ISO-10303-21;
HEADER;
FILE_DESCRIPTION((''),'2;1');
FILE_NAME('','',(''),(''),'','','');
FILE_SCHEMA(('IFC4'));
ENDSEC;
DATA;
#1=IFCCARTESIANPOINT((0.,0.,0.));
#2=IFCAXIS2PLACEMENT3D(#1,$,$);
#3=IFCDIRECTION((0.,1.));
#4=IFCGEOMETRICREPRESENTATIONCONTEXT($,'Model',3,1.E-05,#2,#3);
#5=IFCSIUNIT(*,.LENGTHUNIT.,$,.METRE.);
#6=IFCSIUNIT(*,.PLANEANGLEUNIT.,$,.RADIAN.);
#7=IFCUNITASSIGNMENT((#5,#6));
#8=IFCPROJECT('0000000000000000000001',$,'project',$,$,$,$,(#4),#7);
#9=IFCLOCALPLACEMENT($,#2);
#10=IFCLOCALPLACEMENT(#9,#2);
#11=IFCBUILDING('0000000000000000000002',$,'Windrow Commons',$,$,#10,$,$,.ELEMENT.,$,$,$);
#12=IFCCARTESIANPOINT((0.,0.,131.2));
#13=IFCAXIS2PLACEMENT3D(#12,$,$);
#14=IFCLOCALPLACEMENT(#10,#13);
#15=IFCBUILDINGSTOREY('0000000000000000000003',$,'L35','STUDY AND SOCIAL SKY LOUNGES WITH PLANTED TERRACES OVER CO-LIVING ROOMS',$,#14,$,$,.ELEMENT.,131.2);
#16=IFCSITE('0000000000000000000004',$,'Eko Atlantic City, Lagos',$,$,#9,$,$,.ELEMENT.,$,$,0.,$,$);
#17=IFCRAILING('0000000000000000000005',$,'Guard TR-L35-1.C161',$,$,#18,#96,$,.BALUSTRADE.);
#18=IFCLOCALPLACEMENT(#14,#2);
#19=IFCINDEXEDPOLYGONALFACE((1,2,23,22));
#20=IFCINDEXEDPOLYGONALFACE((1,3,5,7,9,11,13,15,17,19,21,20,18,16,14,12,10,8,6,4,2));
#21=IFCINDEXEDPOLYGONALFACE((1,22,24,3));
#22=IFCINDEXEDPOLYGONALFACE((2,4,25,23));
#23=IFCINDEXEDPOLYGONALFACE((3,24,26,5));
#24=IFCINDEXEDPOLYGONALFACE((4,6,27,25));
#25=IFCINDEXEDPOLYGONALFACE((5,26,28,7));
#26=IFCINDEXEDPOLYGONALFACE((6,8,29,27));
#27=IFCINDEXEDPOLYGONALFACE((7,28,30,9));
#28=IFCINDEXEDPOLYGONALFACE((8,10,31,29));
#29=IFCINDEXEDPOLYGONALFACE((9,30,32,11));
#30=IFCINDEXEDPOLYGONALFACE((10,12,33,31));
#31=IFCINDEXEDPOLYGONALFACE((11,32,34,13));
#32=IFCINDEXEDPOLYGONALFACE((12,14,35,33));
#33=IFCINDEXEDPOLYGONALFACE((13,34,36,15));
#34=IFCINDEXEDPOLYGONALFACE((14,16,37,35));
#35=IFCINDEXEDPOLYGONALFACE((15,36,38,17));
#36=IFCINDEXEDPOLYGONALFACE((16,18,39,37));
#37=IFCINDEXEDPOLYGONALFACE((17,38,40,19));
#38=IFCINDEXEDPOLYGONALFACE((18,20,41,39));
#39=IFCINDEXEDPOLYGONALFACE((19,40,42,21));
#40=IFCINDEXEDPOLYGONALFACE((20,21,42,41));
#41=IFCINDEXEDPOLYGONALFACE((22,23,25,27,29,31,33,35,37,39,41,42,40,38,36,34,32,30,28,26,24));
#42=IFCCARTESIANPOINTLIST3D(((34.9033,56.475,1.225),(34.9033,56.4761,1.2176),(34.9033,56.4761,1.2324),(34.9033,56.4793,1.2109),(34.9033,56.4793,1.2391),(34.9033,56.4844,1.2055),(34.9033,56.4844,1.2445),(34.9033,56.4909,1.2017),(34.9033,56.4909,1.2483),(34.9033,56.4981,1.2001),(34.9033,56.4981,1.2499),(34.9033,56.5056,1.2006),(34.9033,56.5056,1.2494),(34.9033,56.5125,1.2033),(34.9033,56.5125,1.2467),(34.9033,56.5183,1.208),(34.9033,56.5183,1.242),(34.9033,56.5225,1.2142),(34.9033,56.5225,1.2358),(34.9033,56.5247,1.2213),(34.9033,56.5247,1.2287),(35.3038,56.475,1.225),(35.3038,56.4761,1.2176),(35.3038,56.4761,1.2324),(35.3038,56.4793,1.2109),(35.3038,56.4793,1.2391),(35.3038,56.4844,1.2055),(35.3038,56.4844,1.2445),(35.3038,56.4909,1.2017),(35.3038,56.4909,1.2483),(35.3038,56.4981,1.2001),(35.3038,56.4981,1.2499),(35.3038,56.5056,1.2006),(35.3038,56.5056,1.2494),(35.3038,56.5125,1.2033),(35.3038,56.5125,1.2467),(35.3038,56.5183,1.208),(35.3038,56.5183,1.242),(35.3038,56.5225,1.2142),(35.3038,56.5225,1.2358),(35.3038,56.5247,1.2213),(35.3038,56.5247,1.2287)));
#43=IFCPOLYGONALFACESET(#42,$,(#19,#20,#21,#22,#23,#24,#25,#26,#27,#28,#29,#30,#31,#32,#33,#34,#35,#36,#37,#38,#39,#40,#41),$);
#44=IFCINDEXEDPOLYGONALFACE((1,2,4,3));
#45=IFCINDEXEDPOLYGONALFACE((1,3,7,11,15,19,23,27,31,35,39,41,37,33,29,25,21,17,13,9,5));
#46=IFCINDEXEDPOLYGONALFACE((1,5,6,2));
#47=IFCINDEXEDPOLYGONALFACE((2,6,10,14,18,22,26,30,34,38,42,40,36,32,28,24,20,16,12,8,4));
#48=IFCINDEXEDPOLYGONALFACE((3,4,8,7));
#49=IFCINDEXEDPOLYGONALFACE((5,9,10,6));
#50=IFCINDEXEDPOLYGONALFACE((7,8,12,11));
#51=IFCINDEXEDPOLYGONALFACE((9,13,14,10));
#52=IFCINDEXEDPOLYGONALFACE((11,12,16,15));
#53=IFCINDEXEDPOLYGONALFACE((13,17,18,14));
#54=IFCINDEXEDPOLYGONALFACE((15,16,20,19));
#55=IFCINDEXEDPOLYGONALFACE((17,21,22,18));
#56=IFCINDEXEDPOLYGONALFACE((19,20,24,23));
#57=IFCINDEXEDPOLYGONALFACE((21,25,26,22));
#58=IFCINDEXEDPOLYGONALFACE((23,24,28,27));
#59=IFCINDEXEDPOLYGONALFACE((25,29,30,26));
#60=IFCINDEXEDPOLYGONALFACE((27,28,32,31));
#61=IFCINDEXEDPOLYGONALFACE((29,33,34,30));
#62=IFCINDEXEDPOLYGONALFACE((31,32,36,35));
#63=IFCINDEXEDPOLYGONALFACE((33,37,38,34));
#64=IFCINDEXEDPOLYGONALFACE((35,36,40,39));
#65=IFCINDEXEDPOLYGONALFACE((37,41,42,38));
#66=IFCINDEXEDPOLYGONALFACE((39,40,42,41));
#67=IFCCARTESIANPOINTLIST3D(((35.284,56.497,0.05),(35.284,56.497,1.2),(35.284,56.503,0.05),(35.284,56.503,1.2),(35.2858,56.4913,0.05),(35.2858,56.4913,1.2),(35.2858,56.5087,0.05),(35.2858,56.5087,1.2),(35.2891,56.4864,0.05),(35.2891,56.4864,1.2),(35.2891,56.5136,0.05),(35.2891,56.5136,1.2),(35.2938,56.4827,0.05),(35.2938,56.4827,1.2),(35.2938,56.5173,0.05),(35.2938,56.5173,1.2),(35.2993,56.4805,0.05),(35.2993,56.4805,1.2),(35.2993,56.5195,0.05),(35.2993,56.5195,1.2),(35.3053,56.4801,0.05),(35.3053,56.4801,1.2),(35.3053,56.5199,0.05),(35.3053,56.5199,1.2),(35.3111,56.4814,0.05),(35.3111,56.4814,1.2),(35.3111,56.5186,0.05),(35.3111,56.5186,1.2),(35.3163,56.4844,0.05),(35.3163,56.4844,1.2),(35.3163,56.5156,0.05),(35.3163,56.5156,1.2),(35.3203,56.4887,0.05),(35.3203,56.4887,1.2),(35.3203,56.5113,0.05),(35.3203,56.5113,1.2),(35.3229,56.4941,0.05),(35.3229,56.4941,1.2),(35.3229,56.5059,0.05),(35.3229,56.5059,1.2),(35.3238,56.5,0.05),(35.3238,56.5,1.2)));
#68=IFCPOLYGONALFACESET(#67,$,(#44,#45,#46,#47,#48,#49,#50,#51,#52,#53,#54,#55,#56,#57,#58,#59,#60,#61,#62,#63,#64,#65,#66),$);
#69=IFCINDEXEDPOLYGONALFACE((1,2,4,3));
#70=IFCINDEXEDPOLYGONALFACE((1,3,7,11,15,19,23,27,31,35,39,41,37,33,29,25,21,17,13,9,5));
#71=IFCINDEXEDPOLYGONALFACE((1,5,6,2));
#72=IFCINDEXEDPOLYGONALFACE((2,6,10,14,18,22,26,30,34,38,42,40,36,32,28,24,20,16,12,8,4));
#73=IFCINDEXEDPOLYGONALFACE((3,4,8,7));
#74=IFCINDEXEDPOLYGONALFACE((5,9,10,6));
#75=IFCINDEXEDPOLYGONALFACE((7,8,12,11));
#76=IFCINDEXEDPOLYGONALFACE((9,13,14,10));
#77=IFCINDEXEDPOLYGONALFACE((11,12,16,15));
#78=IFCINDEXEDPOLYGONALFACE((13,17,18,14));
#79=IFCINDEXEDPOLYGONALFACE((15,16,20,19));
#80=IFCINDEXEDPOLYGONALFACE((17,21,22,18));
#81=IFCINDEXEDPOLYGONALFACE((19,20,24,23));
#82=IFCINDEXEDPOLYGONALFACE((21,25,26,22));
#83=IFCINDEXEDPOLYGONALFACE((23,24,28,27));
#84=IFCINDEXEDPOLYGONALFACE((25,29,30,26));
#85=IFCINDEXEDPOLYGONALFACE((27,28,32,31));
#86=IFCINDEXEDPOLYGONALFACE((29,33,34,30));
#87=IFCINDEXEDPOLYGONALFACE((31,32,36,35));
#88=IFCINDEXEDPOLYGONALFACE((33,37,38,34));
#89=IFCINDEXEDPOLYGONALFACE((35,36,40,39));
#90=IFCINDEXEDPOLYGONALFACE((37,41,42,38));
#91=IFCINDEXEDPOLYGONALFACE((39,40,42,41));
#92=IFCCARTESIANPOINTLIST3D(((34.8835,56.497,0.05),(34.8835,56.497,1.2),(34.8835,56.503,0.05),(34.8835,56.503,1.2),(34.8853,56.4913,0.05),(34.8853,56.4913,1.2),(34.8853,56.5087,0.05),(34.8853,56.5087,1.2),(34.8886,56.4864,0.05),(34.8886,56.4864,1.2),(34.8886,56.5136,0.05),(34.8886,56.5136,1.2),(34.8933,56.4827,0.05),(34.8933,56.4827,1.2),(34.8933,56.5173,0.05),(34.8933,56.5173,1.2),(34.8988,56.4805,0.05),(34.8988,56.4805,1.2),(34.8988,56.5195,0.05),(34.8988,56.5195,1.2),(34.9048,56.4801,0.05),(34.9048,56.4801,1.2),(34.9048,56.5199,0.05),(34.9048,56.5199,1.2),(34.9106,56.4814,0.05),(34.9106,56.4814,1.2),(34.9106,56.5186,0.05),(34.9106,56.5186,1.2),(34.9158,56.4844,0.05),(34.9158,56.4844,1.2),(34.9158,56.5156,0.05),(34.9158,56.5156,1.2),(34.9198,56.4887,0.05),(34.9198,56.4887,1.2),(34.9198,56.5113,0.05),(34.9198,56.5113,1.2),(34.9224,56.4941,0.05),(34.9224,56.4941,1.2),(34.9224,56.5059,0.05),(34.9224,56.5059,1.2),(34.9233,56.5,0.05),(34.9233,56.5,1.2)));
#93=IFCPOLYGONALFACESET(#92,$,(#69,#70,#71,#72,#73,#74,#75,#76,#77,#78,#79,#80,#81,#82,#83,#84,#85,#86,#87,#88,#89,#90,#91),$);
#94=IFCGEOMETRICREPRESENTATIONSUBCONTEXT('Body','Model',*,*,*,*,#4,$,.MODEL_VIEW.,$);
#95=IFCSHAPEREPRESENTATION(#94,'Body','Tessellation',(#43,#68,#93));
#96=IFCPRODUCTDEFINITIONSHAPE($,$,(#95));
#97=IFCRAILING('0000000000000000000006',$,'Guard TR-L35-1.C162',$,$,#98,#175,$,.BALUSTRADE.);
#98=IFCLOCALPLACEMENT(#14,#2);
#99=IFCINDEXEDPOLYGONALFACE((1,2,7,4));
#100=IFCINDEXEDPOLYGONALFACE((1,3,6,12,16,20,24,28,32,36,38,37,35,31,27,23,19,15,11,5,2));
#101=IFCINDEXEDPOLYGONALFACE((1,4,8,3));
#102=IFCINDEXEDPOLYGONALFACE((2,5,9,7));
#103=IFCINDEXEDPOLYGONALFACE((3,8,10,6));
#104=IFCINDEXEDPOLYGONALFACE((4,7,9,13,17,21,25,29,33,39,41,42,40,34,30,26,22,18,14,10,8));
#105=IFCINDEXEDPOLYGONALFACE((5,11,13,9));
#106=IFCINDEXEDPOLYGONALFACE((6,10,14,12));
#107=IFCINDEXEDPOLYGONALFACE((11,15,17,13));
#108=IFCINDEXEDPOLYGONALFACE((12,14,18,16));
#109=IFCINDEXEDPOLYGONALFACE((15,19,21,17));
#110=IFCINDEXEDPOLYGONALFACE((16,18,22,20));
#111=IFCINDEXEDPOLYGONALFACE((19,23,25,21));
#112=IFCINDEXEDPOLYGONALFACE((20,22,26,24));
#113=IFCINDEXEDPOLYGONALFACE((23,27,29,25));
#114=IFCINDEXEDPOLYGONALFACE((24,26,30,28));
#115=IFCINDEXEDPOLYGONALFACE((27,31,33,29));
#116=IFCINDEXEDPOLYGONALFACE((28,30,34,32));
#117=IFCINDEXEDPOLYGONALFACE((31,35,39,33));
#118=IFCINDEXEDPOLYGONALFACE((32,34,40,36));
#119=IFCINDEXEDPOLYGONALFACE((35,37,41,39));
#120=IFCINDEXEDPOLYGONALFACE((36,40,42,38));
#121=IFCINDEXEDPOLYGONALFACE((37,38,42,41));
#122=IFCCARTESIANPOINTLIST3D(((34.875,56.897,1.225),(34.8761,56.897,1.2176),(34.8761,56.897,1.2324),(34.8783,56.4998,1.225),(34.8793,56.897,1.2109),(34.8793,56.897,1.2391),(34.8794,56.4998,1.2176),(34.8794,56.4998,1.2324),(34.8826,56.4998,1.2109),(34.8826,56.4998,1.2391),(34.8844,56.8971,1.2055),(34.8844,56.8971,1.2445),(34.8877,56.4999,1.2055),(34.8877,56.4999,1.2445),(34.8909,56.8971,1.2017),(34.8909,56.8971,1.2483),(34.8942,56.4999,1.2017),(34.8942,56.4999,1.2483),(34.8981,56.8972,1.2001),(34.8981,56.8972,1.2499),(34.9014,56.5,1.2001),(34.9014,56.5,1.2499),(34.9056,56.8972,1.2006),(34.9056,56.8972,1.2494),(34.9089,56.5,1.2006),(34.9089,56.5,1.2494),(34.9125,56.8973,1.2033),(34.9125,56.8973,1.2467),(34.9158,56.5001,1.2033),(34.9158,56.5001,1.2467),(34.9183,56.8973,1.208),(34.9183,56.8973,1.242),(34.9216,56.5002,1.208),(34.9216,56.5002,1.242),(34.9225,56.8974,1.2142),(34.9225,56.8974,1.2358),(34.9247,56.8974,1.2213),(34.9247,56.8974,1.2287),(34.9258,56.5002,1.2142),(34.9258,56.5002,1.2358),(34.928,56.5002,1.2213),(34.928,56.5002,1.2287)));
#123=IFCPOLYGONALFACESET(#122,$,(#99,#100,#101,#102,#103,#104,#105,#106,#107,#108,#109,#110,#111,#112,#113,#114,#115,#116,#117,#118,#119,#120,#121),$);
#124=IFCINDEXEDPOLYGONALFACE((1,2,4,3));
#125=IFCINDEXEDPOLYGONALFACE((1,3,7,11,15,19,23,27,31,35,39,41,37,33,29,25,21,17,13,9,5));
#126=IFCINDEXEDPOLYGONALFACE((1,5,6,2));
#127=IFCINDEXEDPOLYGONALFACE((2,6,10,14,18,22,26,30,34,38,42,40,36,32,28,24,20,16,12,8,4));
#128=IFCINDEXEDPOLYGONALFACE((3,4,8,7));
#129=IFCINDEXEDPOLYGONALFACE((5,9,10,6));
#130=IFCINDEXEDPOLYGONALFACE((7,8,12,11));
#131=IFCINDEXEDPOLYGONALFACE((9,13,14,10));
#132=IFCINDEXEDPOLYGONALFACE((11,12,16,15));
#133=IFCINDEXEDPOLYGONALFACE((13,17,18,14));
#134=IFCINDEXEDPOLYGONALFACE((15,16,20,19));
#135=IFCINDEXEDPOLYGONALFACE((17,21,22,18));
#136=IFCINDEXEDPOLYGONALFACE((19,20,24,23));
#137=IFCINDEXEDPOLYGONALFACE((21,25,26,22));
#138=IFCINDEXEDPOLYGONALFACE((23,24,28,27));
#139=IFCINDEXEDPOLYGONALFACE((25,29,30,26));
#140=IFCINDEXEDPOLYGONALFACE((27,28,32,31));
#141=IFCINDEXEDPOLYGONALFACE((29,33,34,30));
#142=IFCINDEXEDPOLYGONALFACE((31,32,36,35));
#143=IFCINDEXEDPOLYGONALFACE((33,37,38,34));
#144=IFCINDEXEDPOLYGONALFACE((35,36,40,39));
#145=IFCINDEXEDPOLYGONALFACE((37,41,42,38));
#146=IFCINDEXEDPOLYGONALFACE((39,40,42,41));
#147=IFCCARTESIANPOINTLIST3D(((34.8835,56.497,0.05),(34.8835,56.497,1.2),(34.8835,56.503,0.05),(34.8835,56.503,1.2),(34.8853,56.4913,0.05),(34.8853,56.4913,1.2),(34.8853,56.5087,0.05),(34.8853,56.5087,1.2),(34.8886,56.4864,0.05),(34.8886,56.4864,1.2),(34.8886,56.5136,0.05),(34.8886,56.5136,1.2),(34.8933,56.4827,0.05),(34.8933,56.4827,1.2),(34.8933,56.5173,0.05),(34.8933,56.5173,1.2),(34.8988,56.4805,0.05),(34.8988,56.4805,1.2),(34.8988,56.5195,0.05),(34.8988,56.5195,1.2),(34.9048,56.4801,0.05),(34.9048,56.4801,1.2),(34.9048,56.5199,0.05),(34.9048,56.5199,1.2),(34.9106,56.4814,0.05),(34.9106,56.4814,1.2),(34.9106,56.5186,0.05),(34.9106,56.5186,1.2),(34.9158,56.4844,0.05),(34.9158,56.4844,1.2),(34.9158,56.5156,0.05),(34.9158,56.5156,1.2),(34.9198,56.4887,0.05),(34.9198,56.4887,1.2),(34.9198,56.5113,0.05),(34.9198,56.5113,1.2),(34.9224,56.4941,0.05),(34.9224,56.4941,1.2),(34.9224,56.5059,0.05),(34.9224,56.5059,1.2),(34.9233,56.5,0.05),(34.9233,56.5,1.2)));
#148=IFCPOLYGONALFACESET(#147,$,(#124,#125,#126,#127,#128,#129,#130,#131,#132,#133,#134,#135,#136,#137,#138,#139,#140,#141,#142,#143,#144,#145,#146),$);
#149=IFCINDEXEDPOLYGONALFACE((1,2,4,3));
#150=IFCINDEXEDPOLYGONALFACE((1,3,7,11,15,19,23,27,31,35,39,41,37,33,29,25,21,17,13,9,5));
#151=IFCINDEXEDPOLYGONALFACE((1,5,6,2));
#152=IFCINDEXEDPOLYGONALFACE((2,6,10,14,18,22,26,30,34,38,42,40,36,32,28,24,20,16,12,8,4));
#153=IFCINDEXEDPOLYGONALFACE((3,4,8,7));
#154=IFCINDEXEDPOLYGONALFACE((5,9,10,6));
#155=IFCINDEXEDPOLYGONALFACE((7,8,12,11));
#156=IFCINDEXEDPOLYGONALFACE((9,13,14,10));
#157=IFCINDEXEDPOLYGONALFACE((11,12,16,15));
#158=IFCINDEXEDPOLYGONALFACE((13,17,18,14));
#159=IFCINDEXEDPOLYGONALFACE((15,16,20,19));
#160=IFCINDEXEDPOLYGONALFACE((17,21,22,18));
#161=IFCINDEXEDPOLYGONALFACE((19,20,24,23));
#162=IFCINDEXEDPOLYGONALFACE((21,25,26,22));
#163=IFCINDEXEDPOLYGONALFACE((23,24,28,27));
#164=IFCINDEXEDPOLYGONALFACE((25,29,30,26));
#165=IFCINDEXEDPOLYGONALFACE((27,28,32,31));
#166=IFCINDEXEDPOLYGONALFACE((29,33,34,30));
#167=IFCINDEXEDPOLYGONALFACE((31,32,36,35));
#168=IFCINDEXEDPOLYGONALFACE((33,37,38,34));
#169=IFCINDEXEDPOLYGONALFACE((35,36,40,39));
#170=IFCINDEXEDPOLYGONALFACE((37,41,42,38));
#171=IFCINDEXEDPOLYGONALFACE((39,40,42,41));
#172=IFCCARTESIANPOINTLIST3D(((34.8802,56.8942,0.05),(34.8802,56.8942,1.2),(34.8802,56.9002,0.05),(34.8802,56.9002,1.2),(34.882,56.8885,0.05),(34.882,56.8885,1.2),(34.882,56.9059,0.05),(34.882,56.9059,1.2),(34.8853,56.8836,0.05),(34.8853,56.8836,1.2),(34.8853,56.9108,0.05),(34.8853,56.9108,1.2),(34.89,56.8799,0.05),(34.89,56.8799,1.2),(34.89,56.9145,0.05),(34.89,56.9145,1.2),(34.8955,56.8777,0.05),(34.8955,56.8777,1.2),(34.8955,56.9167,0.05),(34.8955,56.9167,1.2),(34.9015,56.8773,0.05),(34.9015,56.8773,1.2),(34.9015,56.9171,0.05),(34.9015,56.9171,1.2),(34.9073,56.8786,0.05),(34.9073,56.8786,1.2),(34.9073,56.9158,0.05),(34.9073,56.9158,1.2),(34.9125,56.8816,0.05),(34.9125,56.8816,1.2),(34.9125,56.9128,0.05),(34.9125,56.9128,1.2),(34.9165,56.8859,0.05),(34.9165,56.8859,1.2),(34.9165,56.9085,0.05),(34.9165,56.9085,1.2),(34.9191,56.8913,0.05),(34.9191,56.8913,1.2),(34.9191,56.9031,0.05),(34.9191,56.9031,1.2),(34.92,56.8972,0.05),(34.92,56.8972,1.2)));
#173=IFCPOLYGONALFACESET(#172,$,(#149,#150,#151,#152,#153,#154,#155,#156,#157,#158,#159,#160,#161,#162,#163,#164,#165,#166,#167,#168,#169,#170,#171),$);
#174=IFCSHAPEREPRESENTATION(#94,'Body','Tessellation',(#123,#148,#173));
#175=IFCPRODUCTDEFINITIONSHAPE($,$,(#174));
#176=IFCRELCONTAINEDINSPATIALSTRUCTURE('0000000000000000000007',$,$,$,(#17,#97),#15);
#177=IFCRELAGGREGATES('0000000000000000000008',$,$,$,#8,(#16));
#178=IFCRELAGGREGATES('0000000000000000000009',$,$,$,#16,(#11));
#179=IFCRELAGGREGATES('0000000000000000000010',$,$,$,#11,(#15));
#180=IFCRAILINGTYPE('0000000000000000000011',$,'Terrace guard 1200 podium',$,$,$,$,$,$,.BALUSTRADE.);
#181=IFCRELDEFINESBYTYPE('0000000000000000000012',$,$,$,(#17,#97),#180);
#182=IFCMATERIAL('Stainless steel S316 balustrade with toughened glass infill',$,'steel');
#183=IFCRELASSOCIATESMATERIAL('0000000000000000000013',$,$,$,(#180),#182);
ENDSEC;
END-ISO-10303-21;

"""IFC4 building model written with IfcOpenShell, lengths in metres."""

from ifc_helpers import new_model, si_unit, direction, frame, origin, origin_2d, place, context, subcontext, project, spatial, circle, extrude, material, type_object, element, save


model = new_model("IFC4")

# Units and contexts
model_context = context("Model", 3, precision=1e-05, world=origin(), true_north=direction((0.0, 1.0)))
body_context = subcontext(model_context, "Body", "Model", "MODEL_VIEW")
ifc_project = project(units=[si_unit("LENGTHUNIT", "METRE"), si_unit("PLANEANGLEUNIT", "RADIAN")], contexts=[model_context])

# Site, building, storey
site_placement = place(None, origin())
site = spatial("IfcSite", under=ifc_project, at=site_placement, Name="Eko Atlantic City, Lagos", CompositionType="ELEMENT", RefElevation=0.0)
building_placement = place(site_placement, origin())
building = spatial("IfcBuilding", under=site, at=building_placement, Name="Windrow Commons", CompositionType="ELEMENT")
storey_placement = place(building_placement, frame((0.0, 0.0, 131.2)))
storey = spatial("IfcBuildingStorey", under=building, at=storey_placement, Name="L35", Description="STUDY AND SOCIAL SKY LOUNGES WITH PLANTED TERRACES OVER CO-LIVING ROOMS", CompositionType="ELEMENT", Elevation=131.2)

# Railings
ifc_material_1 = material(Name="Stainless steel S316 balustrade with toughened glass infill", Category="steel")
railing_type = type_object("IfcRailingType", Name="Terrace guard 1200 podium", PredefinedType="BALUSTRADE", material=ifc_material_1)
railing_1_placement = place(storey_placement, frame((35.3038, 56.5, 0.05)))
element("IfcRailing", 1, at=railing_1_placement, inside=storey, type_object=railing_type, Name="Guard TR-L35-1.C161", PredefinedType="BALUSTRADE", context=body_context, shape_type="SweptSolid", body=[
    extrude(circle(Radius=0.025, at=origin_2d()), frame((0.0, 0.0, 1.175), z_axis=(-1.0, 0.0, 0.0), x_axis=(0.0, -1.0, 0.0)), (0.0, 0.0, 1.0), 0.4005),
    extrude(circle(Radius=0.02, at=origin_2d()), origin(), (0.0, 0.0, 1.0), 1.15),
    extrude(circle(Radius=0.02, at=origin_2d()), frame((-0.4005, 0.0, 0.0)), (0.0, 0.0, 1.0), 1.15),
])
railing_2_placement = place(storey_placement, frame((34.9033, 56.5, 0.05)))
element("IfcRailing", 2, at=railing_2_placement, inside=storey, type_object=railing_type, Name="Guard TR-L35-1.C162", PredefinedType="BALUSTRADE", context=body_context, shape_type="SweptSolid", body=[
    extrude(circle(Radius=0.025, at=origin_2d()), frame((0.0, 0.0, 1.175), z_axis=(-0.008308, 0.999965, 0.0), x_axis=(-0.999965, -0.008308, 0.0)), (0.0, 0.0, 1.0), 0.3972),
    extrude(circle(Radius=0.02, at=origin_2d()), origin(), (0.0, 0.0, 1.0), 1.15),
    extrude(circle(Radius=0.02, at=origin_2d()), frame((-0.0033, 0.3972, 0.0)), (0.0, 0.0, 1.0), 1.15),
])

save(model, "model.ifc")
